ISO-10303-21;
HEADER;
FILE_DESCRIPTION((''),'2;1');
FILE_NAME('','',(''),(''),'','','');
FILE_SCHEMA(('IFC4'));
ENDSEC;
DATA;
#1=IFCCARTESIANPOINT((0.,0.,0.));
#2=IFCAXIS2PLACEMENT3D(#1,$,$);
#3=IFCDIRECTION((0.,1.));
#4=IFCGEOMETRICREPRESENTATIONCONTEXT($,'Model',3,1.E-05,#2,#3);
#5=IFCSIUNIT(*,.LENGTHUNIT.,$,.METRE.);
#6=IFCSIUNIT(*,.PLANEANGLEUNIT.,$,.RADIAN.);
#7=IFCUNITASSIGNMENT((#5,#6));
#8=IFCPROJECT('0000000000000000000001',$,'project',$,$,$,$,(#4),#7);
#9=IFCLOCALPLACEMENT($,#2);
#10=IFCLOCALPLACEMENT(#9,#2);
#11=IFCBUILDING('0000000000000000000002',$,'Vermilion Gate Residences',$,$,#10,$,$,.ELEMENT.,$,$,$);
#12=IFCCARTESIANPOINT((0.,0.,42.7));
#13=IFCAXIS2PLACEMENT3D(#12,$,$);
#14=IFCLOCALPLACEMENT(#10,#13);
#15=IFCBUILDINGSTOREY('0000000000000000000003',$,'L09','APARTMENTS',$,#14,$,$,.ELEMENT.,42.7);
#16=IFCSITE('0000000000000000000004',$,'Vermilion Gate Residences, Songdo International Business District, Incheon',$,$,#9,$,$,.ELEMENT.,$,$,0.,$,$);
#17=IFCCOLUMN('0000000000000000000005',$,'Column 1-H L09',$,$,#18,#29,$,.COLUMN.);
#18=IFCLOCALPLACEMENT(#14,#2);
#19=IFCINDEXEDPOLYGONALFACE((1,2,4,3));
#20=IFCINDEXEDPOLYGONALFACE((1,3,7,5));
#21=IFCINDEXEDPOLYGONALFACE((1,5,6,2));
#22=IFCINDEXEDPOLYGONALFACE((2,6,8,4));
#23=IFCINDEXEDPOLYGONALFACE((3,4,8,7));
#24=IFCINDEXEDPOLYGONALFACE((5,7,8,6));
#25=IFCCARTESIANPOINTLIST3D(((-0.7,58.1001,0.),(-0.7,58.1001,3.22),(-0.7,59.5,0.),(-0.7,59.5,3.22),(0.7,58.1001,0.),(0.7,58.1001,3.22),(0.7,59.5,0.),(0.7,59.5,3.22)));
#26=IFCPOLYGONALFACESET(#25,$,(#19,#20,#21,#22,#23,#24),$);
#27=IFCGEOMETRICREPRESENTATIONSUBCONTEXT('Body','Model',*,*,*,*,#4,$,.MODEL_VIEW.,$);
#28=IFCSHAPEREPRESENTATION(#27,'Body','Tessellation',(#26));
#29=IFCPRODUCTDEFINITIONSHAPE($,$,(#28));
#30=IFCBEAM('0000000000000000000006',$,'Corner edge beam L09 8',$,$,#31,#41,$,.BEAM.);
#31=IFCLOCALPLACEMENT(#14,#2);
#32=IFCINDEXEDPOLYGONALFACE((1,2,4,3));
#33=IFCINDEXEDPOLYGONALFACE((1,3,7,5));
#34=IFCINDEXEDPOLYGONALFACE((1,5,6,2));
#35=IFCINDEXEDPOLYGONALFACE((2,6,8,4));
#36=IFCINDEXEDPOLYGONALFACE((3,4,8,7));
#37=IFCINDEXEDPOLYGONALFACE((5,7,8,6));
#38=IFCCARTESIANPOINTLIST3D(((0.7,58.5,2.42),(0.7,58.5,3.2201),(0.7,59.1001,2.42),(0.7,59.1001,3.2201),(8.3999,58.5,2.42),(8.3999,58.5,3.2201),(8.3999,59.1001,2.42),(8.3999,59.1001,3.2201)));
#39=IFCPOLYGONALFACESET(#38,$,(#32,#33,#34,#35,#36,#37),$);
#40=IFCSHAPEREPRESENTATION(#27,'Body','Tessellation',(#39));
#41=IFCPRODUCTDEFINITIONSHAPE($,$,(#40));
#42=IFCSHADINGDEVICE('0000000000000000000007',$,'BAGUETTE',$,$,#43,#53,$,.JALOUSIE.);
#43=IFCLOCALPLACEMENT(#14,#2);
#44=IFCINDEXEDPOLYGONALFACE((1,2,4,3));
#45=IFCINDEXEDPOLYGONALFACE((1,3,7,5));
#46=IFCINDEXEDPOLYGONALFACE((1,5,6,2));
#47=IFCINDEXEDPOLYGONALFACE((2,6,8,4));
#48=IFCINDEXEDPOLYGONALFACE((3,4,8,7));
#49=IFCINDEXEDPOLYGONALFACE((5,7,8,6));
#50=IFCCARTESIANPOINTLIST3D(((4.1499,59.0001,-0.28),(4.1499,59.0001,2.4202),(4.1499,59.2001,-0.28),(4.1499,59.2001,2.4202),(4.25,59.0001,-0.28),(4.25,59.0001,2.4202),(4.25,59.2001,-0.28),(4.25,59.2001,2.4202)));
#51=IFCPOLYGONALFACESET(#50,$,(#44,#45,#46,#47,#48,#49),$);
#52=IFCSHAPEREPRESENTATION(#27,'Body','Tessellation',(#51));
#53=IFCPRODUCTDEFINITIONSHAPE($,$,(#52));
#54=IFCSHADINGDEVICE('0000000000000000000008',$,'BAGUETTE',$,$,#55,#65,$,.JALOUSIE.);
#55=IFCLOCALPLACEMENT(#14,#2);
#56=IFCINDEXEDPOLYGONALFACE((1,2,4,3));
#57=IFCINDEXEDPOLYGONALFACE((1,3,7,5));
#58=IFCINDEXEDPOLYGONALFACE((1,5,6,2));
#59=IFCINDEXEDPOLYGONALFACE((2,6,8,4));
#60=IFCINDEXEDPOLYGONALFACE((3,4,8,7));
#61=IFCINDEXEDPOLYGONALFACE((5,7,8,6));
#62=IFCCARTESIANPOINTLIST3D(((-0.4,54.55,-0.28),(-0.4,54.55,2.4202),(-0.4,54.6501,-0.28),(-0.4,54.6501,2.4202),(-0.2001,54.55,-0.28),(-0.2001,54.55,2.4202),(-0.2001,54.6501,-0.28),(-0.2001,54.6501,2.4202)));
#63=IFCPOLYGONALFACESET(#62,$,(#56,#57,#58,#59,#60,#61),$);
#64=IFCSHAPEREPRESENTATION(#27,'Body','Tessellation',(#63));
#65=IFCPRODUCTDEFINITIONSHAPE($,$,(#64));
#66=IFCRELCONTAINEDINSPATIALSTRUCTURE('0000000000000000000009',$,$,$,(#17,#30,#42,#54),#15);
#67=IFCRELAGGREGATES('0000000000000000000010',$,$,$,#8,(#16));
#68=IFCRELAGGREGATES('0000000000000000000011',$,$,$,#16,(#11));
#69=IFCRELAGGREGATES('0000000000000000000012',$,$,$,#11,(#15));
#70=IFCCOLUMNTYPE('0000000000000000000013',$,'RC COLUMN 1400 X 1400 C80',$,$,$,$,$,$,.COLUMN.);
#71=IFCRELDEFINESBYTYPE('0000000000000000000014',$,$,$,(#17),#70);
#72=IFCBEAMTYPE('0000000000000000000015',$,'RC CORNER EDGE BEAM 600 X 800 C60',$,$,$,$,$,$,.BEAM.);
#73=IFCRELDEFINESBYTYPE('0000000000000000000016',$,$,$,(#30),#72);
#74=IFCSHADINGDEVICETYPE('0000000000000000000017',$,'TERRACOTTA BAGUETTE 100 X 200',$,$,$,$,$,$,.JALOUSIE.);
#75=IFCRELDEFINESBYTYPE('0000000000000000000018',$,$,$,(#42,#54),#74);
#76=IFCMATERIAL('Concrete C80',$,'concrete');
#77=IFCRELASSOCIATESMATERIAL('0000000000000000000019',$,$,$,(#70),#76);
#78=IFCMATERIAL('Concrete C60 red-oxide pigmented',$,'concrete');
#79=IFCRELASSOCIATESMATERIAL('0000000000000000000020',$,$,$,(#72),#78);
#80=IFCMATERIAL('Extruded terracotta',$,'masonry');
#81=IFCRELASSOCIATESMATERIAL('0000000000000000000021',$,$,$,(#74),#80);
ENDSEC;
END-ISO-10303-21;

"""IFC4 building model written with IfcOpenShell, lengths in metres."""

from ifc_helpers import new_model, si_unit, direction, frame, origin, origin_2d, place, context, subcontext, project, spatial, rectangle, extrude, material, material_profile, profile_set, type_object, element, save


model = new_model("IFC4")

# Units and contexts
model_context = context("Model", 3, precision=1e-05, world=origin(), true_north=direction((0.0, 1.0)))
body_context = subcontext(model_context, "Body", "Model", "MODEL_VIEW")
ifc_project = project(units=[si_unit("LENGTHUNIT", "METRE"), si_unit("PLANEANGLEUNIT", "RADIAN")], contexts=[model_context])

# Site, building, storey
site_placement = place(None, origin())
site = spatial("IfcSite", under=ifc_project, at=site_placement, Name="Vermilion Gate Residences, Songdo International Business District, Incheon", CompositionType="ELEMENT", RefElevation=0.0)
building_placement = place(site_placement, origin())
building = spatial("IfcBuilding", under=site, at=building_placement, Name="Vermilion Gate Residences", CompositionType="ELEMENT")
storey_placement = place(building_placement, frame((0.0, 0.0, 42.7)))
storey = spatial("IfcBuildingStorey", under=building, at=storey_placement, Name="L09", Description="APARTMENTS", CompositionType="ELEMENT", Elevation=42.7)

# Column
ifc_material_1 = material(Name="Concrete C80", Category="concrete")
ifc_material_profile_1 = material_profile(ifc_material_1, rectangle(XDim=1.3999, YDim=1.3999, at=origin_2d()), Name="RC-1400x1400")
ifc_profile_set_1 = profile_set([ifc_material_profile_1], Name="Concrete C80")
column_type = type_object("IfcColumnType", Name="RC COLUMN 1400 X 1400 C80", PredefinedType="COLUMN", material=ifc_profile_set_1)
column_placement = place(storey_placement, frame((0.0, 58.8, 0.0), z_axis=(0.0, 0.0, 1.0), x_axis=(1.0, 0.0, 0.0)))
element("IfcColumn", 1, at=column_placement, inside=storey, type_object=column_type, Name="Column 1-H L09", PredefinedType="COLUMN", context=body_context, shape_type="SweptSolid", body=[
    extrude(rectangle(XDim=1.3999, YDim=1.3999, at=origin_2d()), origin(), (0.0, 0.0, 1.0), 3.22),
])

# Beam
ifc_material_2 = material(Name="Concrete C60 red-oxide pigmented", Category="concrete")
ifc_material_profile_2 = material_profile(ifc_material_2, rectangle(XDim=0.6001, YDim=0.8, at=origin_2d()), Name="RC-600x800")
ifc_profile_set_2 = profile_set([ifc_material_profile_2], Name="Concrete C60 red-oxide pigmented")
beam_type = type_object("IfcBeamType", Name="RC CORNER EDGE BEAM 600 X 800 C60", PredefinedType="BEAM", material=ifc_profile_set_2)
beam_placement = place(storey_placement, frame((0.7, 58.8, 2.8201), z_axis=(1.0, 0.0, 0.0), x_axis=(0.0, 1.0, 0.0)))
element("IfcBeam", 2, at=beam_placement, inside=storey, type_object=beam_type, Name="Corner edge beam L09 8", PredefinedType="BEAM", context=body_context, shape_type="SweptSolid", body=[
    extrude(rectangle(XDim=0.6001, YDim=0.8, at=origin_2d()), origin(), (0.0, 0.0, 1.0), 7.7),
])

# Shading devices
ifc_material_3 = material(Name="Extruded terracotta", Category="masonry")
ifc_material_profile_3 = material_profile(ifc_material_3, rectangle(XDim=0.2, YDim=0.1001, at=origin_2d()), Name="BAGUETTE 100 X 200")
ifc_profile_set_3 = profile_set([ifc_material_profile_3], Name="Extruded terracotta")
shading_device_type = type_object("IfcShadingDeviceType", Name="TERRACOTTA BAGUETTE 100 X 200", PredefinedType="JALOUSIE", material=ifc_profile_set_3)
for number, where, z_axis, x_axis, name in (
    (3, (4.2, 59.1001, -0.28), (0.0, 0.0, 1.0), (0.0, -1.0, 0.0), "BAGUETTE"),
    (4, (-0.3, 54.6001, -0.28), (0.0, 0.0, 1.0), (1.0, 0.0, 0.0), "BAGUETTE"),
):
    element("IfcShadingDevice", number, at=place(storey_placement, frame(where, z_axis=z_axis, x_axis=x_axis)), inside=storey, type_object=shading_device_type, Name=name, PredefinedType="JALOUSIE", context=body_context, shape_type="SweptSolid", body=[
        extrude(rectangle(XDim=0.2, YDim=0.1001, at=origin_2d()), origin(), (0.0, 0.0, 1.0), 2.7002),
    ])

save(model, "model.ifc")
